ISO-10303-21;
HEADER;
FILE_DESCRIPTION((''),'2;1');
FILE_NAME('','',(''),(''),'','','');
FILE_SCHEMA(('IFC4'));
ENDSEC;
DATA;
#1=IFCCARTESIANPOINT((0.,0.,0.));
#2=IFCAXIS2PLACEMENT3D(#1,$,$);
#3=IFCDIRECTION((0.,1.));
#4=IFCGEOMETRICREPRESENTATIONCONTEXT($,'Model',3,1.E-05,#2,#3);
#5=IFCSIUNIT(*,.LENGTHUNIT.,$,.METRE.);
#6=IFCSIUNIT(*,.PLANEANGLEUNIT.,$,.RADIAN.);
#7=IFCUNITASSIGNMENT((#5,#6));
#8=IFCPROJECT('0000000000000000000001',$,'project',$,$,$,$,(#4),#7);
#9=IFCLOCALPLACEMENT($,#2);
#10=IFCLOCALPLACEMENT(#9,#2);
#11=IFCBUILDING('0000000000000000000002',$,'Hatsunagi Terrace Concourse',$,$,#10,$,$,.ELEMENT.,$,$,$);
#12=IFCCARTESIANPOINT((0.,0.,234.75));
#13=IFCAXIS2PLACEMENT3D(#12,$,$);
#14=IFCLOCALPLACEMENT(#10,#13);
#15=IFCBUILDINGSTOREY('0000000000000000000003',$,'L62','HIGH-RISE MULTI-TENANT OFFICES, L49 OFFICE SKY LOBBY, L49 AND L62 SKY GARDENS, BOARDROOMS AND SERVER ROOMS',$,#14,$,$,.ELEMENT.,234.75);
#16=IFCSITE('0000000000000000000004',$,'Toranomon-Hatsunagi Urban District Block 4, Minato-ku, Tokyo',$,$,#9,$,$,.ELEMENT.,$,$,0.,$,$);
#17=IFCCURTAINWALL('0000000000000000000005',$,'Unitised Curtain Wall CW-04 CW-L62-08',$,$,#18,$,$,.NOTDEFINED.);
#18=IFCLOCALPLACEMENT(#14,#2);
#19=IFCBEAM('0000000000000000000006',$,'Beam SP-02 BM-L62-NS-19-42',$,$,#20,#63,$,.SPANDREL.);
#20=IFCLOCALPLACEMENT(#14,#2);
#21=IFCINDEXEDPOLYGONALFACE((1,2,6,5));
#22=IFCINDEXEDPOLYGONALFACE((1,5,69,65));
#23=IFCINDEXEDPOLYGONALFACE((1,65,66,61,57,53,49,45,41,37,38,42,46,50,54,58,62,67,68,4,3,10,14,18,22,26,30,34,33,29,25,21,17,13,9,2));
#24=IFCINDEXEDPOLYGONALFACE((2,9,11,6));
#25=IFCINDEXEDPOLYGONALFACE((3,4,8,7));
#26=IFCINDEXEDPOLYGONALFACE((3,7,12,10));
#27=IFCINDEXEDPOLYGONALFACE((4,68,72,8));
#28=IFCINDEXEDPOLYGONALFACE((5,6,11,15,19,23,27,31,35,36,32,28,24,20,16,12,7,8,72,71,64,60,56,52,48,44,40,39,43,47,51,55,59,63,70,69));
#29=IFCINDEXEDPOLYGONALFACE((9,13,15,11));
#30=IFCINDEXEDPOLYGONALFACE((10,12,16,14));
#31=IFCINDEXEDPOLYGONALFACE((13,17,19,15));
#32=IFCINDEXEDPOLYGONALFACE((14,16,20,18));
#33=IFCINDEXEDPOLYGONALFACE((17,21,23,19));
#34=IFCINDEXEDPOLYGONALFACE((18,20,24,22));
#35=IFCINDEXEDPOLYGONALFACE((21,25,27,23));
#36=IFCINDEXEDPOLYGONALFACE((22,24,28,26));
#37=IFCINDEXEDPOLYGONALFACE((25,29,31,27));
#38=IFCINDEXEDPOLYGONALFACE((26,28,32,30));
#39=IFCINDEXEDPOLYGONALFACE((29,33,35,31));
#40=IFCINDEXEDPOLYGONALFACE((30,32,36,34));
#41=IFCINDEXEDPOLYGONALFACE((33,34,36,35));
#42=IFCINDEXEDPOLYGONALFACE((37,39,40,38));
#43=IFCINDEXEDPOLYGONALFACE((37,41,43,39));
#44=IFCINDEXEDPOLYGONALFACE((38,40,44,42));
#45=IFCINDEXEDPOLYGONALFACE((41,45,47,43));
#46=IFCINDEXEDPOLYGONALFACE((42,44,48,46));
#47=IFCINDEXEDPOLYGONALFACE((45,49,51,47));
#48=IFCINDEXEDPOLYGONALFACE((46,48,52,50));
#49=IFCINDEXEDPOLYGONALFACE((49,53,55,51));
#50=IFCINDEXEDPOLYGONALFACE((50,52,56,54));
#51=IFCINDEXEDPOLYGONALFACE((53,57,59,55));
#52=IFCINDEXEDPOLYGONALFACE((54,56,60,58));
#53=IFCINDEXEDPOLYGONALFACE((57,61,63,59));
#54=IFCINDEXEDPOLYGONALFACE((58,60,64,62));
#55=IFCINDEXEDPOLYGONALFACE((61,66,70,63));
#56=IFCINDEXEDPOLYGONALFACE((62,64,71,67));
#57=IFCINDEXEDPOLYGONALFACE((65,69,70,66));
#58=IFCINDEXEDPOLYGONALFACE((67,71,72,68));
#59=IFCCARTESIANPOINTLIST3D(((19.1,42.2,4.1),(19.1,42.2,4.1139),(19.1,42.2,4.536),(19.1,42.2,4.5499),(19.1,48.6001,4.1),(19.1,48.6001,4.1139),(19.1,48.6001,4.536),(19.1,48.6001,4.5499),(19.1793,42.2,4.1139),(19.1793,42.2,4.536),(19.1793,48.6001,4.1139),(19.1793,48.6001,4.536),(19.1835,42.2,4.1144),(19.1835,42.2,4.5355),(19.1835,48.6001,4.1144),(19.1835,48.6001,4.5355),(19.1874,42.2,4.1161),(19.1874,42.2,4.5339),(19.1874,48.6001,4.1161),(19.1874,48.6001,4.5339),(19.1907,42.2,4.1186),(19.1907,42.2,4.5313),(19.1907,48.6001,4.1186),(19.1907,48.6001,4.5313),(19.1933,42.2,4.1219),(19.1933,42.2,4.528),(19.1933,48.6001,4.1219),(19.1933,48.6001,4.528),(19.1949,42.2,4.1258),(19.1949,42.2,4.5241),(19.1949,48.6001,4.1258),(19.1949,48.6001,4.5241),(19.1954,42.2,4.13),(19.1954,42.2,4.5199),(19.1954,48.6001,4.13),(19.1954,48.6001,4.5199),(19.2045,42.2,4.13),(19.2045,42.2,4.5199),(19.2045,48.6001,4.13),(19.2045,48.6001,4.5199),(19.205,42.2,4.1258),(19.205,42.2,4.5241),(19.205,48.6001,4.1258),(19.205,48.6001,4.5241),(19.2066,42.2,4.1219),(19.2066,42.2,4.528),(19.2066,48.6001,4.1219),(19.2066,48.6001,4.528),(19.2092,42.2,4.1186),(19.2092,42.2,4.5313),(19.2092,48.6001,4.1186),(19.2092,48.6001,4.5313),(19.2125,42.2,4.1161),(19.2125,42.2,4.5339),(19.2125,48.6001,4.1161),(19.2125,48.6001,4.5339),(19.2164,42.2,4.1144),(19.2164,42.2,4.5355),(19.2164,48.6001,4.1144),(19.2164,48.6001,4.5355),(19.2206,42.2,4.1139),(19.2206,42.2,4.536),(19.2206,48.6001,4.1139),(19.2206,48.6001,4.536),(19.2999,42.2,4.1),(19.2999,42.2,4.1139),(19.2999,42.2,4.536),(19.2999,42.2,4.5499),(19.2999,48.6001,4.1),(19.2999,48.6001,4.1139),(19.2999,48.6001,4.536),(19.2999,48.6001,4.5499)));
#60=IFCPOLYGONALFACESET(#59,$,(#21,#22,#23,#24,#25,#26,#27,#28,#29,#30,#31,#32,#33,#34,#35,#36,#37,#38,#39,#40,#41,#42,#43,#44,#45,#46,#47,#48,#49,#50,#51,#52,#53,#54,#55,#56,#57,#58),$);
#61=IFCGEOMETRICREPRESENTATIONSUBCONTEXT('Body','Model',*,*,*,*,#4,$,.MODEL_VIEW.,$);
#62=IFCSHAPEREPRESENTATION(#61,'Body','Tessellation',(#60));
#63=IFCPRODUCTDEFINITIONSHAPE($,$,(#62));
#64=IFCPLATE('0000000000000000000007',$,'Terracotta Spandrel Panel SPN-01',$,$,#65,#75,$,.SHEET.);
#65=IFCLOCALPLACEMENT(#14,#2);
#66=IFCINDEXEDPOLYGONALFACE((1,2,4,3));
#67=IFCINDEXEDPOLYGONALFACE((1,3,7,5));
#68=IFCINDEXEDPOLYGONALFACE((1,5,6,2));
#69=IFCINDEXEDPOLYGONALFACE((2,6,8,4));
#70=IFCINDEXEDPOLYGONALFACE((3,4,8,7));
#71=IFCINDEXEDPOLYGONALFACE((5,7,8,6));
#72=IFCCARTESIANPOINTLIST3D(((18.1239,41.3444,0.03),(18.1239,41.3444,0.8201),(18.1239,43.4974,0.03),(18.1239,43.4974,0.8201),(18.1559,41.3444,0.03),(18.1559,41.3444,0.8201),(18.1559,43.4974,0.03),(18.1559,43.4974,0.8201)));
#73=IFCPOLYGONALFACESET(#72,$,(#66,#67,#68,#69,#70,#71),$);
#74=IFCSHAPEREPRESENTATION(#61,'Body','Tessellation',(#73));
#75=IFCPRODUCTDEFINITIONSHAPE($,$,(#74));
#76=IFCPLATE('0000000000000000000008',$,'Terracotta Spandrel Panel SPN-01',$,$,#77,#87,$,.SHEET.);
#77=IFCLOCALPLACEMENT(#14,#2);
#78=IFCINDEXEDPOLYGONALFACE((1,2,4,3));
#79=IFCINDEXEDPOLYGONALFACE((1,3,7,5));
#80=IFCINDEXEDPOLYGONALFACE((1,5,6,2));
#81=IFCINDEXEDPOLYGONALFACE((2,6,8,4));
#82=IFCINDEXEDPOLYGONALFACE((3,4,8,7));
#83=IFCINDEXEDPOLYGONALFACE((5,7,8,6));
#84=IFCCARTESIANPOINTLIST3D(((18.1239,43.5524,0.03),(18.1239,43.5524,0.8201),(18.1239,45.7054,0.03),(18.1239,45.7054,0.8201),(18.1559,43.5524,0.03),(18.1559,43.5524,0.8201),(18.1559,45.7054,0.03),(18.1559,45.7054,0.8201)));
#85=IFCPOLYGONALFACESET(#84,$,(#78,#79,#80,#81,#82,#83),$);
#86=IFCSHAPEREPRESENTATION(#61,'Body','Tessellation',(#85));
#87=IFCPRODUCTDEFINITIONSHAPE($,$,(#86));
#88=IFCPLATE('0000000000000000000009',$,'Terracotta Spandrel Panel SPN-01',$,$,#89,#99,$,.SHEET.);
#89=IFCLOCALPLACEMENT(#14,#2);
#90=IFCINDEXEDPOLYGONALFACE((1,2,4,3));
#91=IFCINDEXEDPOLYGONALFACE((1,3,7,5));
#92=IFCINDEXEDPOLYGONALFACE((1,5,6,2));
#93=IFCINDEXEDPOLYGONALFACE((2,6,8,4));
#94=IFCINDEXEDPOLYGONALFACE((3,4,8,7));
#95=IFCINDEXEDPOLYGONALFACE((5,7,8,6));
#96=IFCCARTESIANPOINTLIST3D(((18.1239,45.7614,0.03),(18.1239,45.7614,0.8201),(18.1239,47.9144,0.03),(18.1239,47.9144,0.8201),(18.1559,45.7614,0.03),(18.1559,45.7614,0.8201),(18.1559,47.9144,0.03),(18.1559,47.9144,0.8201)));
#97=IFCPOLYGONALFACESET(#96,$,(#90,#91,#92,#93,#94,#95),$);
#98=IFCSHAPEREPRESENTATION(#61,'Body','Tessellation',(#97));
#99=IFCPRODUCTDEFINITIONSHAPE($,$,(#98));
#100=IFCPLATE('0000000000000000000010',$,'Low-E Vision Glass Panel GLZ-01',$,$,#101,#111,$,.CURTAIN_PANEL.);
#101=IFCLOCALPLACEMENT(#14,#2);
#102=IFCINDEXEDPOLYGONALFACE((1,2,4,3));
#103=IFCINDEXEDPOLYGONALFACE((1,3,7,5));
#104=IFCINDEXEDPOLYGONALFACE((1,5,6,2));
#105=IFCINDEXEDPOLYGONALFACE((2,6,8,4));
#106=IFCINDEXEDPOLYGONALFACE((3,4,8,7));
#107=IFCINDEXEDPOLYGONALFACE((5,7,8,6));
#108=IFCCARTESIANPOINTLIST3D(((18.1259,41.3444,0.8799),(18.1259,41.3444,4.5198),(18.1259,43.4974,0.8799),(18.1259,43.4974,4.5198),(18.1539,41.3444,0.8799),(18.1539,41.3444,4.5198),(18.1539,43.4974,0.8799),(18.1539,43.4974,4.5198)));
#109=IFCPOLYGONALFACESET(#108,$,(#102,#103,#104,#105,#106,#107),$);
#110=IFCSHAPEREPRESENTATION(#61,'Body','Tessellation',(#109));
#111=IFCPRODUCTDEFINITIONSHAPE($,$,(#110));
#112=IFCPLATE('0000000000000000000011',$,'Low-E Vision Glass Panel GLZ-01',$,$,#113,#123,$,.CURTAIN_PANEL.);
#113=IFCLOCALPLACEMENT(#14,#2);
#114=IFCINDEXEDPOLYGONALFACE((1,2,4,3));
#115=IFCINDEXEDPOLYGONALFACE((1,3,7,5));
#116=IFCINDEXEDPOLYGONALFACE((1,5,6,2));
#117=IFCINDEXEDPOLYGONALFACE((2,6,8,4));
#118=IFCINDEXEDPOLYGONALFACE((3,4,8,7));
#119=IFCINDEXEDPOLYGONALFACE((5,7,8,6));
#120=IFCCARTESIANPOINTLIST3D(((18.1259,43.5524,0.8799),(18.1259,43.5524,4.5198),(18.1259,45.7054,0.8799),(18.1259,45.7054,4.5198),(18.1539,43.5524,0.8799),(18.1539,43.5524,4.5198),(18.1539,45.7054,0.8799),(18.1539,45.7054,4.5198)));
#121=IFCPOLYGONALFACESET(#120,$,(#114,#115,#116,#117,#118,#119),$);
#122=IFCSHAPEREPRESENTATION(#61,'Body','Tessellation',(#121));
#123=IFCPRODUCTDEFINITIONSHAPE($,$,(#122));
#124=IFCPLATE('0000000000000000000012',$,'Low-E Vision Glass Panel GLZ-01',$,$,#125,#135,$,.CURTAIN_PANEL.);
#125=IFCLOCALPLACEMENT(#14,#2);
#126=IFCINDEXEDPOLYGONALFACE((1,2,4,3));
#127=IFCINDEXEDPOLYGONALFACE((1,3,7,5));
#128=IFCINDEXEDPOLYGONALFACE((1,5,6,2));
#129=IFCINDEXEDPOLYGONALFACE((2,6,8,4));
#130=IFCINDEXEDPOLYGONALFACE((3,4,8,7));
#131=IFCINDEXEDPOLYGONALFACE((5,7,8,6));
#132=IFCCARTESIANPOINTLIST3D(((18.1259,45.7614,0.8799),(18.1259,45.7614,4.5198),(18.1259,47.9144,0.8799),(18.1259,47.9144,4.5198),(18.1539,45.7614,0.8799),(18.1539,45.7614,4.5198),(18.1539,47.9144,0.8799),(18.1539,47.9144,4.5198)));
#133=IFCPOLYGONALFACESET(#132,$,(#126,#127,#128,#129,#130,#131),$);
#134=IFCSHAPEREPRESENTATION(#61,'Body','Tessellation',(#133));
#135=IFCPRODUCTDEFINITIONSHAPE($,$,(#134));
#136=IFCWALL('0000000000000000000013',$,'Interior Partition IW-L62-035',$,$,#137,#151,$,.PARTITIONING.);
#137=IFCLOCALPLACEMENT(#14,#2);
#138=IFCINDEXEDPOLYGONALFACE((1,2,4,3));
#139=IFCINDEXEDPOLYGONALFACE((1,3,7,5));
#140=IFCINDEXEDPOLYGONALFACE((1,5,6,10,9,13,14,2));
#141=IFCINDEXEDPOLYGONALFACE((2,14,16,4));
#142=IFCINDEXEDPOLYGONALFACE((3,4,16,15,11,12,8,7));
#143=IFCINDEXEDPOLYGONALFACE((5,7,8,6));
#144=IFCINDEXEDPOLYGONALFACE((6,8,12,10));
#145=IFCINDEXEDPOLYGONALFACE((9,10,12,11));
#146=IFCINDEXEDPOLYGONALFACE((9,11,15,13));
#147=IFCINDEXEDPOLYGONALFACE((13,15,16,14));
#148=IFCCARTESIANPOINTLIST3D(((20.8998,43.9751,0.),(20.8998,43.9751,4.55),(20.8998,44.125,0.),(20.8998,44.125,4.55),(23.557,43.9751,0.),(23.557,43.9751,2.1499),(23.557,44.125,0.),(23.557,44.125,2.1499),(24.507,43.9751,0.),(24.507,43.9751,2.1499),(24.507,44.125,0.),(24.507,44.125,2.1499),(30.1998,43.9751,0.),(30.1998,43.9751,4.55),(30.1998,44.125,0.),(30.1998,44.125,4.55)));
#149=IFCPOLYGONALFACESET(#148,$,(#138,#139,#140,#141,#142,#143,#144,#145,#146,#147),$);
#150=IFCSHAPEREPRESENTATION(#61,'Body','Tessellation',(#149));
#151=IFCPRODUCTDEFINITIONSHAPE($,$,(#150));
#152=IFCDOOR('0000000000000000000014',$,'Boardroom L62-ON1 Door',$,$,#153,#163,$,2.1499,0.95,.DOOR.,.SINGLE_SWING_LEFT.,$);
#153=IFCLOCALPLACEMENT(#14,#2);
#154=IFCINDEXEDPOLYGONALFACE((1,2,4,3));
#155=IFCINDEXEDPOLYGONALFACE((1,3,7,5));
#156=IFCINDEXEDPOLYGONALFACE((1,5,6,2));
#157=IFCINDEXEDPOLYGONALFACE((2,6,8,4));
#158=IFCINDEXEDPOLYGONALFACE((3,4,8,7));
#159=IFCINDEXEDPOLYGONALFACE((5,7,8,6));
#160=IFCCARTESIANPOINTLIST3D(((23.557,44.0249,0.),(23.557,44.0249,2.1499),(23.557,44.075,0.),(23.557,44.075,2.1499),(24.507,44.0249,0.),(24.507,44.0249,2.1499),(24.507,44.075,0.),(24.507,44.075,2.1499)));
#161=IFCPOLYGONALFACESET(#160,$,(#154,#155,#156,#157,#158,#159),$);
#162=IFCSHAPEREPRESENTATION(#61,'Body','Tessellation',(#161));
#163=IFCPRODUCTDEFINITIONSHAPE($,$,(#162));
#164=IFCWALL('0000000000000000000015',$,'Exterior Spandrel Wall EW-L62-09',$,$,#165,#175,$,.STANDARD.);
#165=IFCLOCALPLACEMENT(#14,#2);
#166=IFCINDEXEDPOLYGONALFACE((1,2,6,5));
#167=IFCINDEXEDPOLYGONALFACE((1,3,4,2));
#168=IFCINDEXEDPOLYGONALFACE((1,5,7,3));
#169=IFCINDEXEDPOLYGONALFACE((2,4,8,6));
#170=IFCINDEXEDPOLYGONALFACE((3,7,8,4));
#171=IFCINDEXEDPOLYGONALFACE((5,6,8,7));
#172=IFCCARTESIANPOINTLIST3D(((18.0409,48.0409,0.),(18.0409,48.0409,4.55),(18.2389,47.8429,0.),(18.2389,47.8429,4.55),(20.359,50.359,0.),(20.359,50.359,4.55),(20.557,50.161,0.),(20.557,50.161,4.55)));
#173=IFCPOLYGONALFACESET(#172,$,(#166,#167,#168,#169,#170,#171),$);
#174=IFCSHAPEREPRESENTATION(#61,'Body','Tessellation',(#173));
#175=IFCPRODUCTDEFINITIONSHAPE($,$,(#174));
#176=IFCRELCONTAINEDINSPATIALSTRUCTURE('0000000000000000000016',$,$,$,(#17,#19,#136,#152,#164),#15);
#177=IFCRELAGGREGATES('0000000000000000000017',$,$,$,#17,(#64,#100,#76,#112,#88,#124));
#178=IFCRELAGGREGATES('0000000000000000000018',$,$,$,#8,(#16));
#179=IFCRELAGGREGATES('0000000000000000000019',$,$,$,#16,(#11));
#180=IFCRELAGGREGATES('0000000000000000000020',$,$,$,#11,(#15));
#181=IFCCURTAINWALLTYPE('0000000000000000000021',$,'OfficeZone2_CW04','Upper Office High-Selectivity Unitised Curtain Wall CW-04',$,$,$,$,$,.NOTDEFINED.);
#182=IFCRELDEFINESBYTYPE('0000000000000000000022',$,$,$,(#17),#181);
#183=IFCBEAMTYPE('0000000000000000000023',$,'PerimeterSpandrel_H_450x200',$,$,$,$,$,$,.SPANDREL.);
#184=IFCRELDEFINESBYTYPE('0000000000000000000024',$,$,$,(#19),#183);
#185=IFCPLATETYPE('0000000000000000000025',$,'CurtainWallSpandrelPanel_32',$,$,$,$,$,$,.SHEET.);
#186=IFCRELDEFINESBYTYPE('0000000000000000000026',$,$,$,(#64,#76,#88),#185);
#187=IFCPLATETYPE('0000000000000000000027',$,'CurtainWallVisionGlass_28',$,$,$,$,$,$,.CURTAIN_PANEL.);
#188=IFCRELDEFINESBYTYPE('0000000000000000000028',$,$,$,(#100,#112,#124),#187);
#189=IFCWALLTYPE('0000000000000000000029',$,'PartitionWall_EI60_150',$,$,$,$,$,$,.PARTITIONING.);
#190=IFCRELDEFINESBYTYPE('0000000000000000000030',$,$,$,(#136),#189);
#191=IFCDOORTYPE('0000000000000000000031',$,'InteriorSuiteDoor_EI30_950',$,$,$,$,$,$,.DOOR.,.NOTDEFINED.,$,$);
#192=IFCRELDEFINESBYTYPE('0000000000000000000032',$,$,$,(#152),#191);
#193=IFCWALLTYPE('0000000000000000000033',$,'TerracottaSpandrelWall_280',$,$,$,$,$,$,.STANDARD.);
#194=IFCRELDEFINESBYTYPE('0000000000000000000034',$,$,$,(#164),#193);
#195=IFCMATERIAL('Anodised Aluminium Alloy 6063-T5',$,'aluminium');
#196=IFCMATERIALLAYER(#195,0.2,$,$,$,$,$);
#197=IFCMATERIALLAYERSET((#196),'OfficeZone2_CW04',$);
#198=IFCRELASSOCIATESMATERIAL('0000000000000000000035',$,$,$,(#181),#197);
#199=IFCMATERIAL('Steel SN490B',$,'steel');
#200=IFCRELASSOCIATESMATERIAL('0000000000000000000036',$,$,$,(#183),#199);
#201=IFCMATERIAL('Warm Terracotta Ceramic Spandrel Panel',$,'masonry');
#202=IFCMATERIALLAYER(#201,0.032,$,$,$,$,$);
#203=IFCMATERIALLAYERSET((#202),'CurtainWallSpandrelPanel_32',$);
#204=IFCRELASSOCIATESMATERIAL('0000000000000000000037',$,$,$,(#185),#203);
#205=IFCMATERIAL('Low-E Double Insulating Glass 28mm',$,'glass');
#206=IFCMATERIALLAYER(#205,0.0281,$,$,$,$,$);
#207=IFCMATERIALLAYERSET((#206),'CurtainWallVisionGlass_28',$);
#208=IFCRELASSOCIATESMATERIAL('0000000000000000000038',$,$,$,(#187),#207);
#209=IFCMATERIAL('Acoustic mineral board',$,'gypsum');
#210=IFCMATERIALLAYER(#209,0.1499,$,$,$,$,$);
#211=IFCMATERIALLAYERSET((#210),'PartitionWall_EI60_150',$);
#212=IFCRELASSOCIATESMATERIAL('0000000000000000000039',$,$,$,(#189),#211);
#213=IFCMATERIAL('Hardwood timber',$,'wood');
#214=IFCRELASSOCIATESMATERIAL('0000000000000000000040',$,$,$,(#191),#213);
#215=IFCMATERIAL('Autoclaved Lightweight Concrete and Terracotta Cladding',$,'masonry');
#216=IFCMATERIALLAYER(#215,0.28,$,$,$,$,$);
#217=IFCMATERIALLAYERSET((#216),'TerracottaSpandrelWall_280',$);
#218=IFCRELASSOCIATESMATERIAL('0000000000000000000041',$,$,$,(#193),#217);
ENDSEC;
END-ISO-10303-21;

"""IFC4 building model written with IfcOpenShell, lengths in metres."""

from ifc_helpers import new_model, si_unit, direction, frame, frame_2d, origin, origin_2d, place, context, subcontext, project, spatial, rectangle, i_section, extrude, material, layer, layer_set, material_profile, profile_set, type_object, element, fill, aggregate, save


model = new_model("IFC4")

# Units and contexts
model_context = context("Model", 3, precision=1e-05, world=origin(), true_north=direction((0.0, 1.0)))
body_context = subcontext(model_context, "Body", "Model", "MODEL_VIEW")
ifc_project = project(units=[si_unit("LENGTHUNIT", "METRE"), si_unit("PLANEANGLEUNIT", "RADIAN")], contexts=[model_context])

# Site, building, storey
site_placement = place(None, origin())
site = spatial("IfcSite", under=ifc_project, at=site_placement, Name="Toranomon-Hatsunagi Urban District Block 4, Minato-ku, Tokyo", CompositionType="ELEMENT", RefElevation=0.0)
building_placement = place(site_placement, origin())
building = spatial("IfcBuilding", under=site, at=building_placement, Name="Hatsunagi Terrace Concourse", CompositionType="ELEMENT")
storey_placement = place(building_placement, frame((0.0, 0.0, 234.75)))
storey = spatial("IfcBuildingStorey", under=building, at=storey_placement, Name="L62", Description="HIGH-RISE MULTI-TENANT OFFICES, L49 OFFICE SKY LOBBY, L49 AND L62 SKY GARDENS, BOARDROOMS AND SERVER ROOMS", CompositionType="ELEMENT", Elevation=234.75)

# Curtain wall
ifc_material_1 = material(Name="Anodised Aluminium Alloy 6063-T5", Category="aluminium")
ifc_layer_1 = layer(ifc_material_1, 0.2)
ifc_layer_set_1 = layer_set([ifc_layer_1], Name="OfficeZone2_CW04")
curtain_wall_type = type_object("IfcCurtainWallType", Name="OfficeZone2_CW04", Description="Upper Office High-Selectivity Unitised Curtain Wall CW-04", PredefinedType="NOTDEFINED", material=ifc_layer_set_1)
curtain_wall_placement = place(storey_placement, origin())
curtain_wall = element("IfcCurtainWall", 1, at=curtain_wall_placement, inside=storey, type_object=curtain_wall_type, Name="Unitised Curtain Wall CW-04 CW-L62-08", PredefinedType="NOTDEFINED")

# Beam
ifc_material_2 = material(Name="Steel SN490B", Category="steel")
ifc_material_profile_1 = material_profile(ifc_material_2, i_section(OverallWidth=0.2, OverallDepth=0.45, WebThickness=0.009, FlangeThickness=0.0139, FilletRadius=0.0161, at=origin_2d()), Name="H-450x200x9x14")
ifc_profile_set_1 = profile_set([ifc_material_profile_1], Name="Steel SN490B")
beam_type = type_object("IfcBeamType", Name="PerimeterSpandrel_H_450x200", PredefinedType="SPANDREL", material=ifc_profile_set_1)
beam_1_placement = place(storey_placement, frame((19.2, 42.2, 4.325), z_axis=(0.0, 1.0, 0.0), x_axis=(-1.0, 0.0, 0.0)))
element("IfcBeam", 2, at=beam_1_placement, inside=storey, type_object=beam_type, Name="Beam SP-02 BM-L62-NS-19-42", PredefinedType="SPANDREL", context=body_context, shape_type="SweptSolid", body=[
    extrude(i_section(OverallWidth=0.2, OverallDepth=0.45, WebThickness=0.009, FlangeThickness=0.0139, FilletRadius=0.0161, at=origin_2d()), origin(), (0.0, 0.0, 1.0), 6.4001),
])

# Plates
ifc_material_3 = material(Name="Warm Terracotta Ceramic Spandrel Panel", Category="masonry")
ifc_layer_2 = layer(ifc_material_3, 0.032)
ifc_layer_set_2 = layer_set([ifc_layer_2], Name="CurtainWallSpandrelPanel_32")
plate_type_1 = type_object("IfcPlateType", Name="CurtainWallSpandrelPanel_32", PredefinedType="SHEET", material=ifc_layer_set_2)
plate_1_placement = place(storey_placement, frame((18.1399, 42.4209, 0.03), z_axis=(0.0, 0.0, 1.0), x_axis=(0.0, 1.0, 0.0)))
plate_1 = element("IfcPlate", 3, at=plate_1_placement, type_object=plate_type_1, Name="Terracotta Spandrel Panel SPN-01", PredefinedType="SHEET", context=body_context, shape_type="SweptSolid", body=[
    extrude(rectangle(XDim=2.1531, YDim=0.032, at=origin_2d()), origin(), (0.0, 0.0, 1.0), 0.79),
])
plate_2_placement = place(storey_placement, frame((18.1399, 44.6289, 0.03), z_axis=(0.0, 0.0, 1.0), x_axis=(0.0, 1.0, 0.0)))
plate_2 = element("IfcPlate", 4, at=plate_2_placement, type_object=plate_type_1, Name="Terracotta Spandrel Panel SPN-01", PredefinedType="SHEET", context=body_context, shape_type="SweptSolid", body=[
    extrude(rectangle(XDim=2.1531, YDim=0.032, at=origin_2d()), origin(), (0.0, 0.0, 1.0), 0.79),
])
plate_3_placement = place(storey_placement, frame((18.1399, 46.8379, 0.03), z_axis=(0.0, 0.0, 1.0), x_axis=(0.0, 1.0, 0.0)))
plate_3 = element("IfcPlate", 5, at=plate_3_placement, type_object=plate_type_1, Name="Terracotta Spandrel Panel SPN-01", PredefinedType="SHEET", context=body_context, shape_type="SweptSolid", body=[
    extrude(rectangle(XDim=2.1531, YDim=0.032, at=origin_2d()), origin(), (0.0, 0.0, 1.0), 0.79),
])
ifc_material_4 = material(Name="Low-E Double Insulating Glass 28mm", Category="glass")
ifc_layer_3 = layer(ifc_material_4, 0.0281)
ifc_layer_set_3 = layer_set([ifc_layer_3], Name="CurtainWallVisionGlass_28")
plate_type_2 = type_object("IfcPlateType", Name="CurtainWallVisionGlass_28", PredefinedType="CURTAIN_PANEL", material=ifc_layer_set_3)
plate_4_placement = place(storey_placement, frame((18.1399, 42.4209, 0.8799), z_axis=(0.0, 0.0, 1.0), x_axis=(0.0, 1.0, 0.0)))
plate_4 = element("IfcPlate", 6, at=plate_4_placement, type_object=plate_type_2, Name="Low-E Vision Glass Panel GLZ-01", PredefinedType="CURTAIN_PANEL", context=body_context, shape_type="SweptSolid", body=[
    extrude(rectangle(XDim=2.1531, YDim=0.0281, at=origin_2d()), origin(), (0.0, 0.0, 1.0), 3.6399),
])
plate_5_placement = place(storey_placement, frame((18.1399, 44.6289, 0.8799), z_axis=(0.0, 0.0, 1.0), x_axis=(0.0, 1.0, 0.0)))
plate_5 = element("IfcPlate", 7, at=plate_5_placement, type_object=plate_type_2, Name="Low-E Vision Glass Panel GLZ-01", PredefinedType="CURTAIN_PANEL", context=body_context, shape_type="SweptSolid", body=[
    extrude(rectangle(XDim=2.1531, YDim=0.0281, at=origin_2d()), origin(), (0.0, 0.0, 1.0), 3.6399),
])
plate_6_placement = place(storey_placement, frame((18.1399, 46.8379, 0.8799), z_axis=(0.0, 0.0, 1.0), x_axis=(0.0, 1.0, 0.0)))
plate_6 = element("IfcPlate", 8, at=plate_6_placement, type_object=plate_type_2, Name="Low-E Vision Glass Panel GLZ-01", PredefinedType="CURTAIN_PANEL", context=body_context, shape_type="SweptSolid", body=[
    extrude(rectangle(XDim=2.1531, YDim=0.0281, at=origin_2d()), origin(), (0.0, 0.0, 1.0), 3.6399),
])
aggregate(curtain_wall, [plate_1, plate_4, plate_2, plate_5, plate_3, plate_6])

# Wall, opening, door
ifc_material_5 = material(Name="Acoustic mineral board", Category="gypsum")
ifc_layer_4 = layer(ifc_material_5, 0.1499)
ifc_layer_set_4 = layer_set([ifc_layer_4], Name="PartitionWall_EI60_150")
wall_type_1 = type_object("IfcWallType", Name="PartitionWall_EI60_150", PredefinedType="PARTITIONING", material=ifc_layer_set_4)
wall_1_placement = place(storey_placement, frame((20.8999, 44.05, 0.0), z_axis=(0.0, 0.0, 1.0), x_axis=(1.0, 0.0, 0.0)))
wall_1 = element("IfcWall", 9, at=wall_1_placement, inside=storey, type_object=wall_type_1, Name="Interior Partition IW-L62-035", PredefinedType="PARTITIONING", context=body_context, shape_type="SweptSolid", body=[
    extrude(rectangle(XDim=9.3, YDim=0.1499, at=frame_2d((4.6499, 0.0))), origin(), (0.0, 0.0, 1.0), 4.55),
])
opening_1_placement = place(wall_1_placement, frame((2.657, 0.0, 0.0)))
opening_1 = element("IfcOpeningElement", 10, at=opening_1_placement, cuts=wall_1, PredefinedType="OPENING", context=body_context, shape_type="SweptSolid", body=[
    extrude(rectangle(XDim=0.95, YDim=2.1499, at=frame_2d((0.4751, 1.075))), frame((0.0, 0.085, 0.0), z_axis=(0.0, -1.0, 0.0), x_axis=(1.0, 0.0, 0.0)), (0.0, 0.0, 1.0), 0.1699),
])
ifc_material_6 = material(Name="Hardwood timber", Category="wood")
door_type_1 = type_object("IfcDoorType", Name="InteriorSuiteDoor_EI30_950", OperationType="NOTDEFINED", PredefinedType="DOOR", material=ifc_material_6)
door_1_placement = place(opening_1_placement, origin())
door_1 = element("IfcDoor", 11, at=door_1_placement, inside=storey, type_object=door_type_1, Name="Boardroom L62-ON1 Door", OperationType="SINGLE_SWING_LEFT", OverallHeight=2.1499, OverallWidth=0.95, PredefinedType="DOOR", context=body_context, shape_type="SweptSolid", body=[
    extrude(rectangle(XDim=0.95, YDim=2.1499, at=frame_2d((0.4751, 1.075))), frame((0.0, 0.0249, 0.0), z_axis=(0.0, -1.0, 0.0), x_axis=(1.0, 0.0, 0.0)), (0.0, 0.0, 1.0), 0.05),
])
fill(opening_1, door_1)

# Wall
ifc_material_7 = material(Name="Autoclaved Lightweight Concrete and Terracotta Cladding", Category="masonry")
ifc_layer_5 = layer(ifc_material_7, 0.28)
ifc_layer_set_5 = layer_set([ifc_layer_5], Name="TerracottaSpandrelWall_280")
wall_type_2 = type_object("IfcWallType", Name="TerracottaSpandrelWall_280", PredefinedType="STANDARD", material=ifc_layer_set_5)
wall_2_placement = place(storey_placement, frame((18.1399, 47.9419, 0.0), z_axis=(0.0, 0.0, 1.0), x_axis=(0.707107, 0.707107, 0.0)))
element("IfcWall", 12, at=wall_2_placement, inside=storey, type_object=wall_type_2, Name="Exterior Spandrel Wall EW-L62-09", PredefinedType="STANDARD", context=body_context, shape_type="SweptSolid", body=[
    extrude(rectangle(XDim=3.2783, YDim=0.28, at=frame_2d((1.6392, 0.0))), origin(), (0.0, 0.0, 1.0), 4.55),
])

save(model, "model.ifc")
